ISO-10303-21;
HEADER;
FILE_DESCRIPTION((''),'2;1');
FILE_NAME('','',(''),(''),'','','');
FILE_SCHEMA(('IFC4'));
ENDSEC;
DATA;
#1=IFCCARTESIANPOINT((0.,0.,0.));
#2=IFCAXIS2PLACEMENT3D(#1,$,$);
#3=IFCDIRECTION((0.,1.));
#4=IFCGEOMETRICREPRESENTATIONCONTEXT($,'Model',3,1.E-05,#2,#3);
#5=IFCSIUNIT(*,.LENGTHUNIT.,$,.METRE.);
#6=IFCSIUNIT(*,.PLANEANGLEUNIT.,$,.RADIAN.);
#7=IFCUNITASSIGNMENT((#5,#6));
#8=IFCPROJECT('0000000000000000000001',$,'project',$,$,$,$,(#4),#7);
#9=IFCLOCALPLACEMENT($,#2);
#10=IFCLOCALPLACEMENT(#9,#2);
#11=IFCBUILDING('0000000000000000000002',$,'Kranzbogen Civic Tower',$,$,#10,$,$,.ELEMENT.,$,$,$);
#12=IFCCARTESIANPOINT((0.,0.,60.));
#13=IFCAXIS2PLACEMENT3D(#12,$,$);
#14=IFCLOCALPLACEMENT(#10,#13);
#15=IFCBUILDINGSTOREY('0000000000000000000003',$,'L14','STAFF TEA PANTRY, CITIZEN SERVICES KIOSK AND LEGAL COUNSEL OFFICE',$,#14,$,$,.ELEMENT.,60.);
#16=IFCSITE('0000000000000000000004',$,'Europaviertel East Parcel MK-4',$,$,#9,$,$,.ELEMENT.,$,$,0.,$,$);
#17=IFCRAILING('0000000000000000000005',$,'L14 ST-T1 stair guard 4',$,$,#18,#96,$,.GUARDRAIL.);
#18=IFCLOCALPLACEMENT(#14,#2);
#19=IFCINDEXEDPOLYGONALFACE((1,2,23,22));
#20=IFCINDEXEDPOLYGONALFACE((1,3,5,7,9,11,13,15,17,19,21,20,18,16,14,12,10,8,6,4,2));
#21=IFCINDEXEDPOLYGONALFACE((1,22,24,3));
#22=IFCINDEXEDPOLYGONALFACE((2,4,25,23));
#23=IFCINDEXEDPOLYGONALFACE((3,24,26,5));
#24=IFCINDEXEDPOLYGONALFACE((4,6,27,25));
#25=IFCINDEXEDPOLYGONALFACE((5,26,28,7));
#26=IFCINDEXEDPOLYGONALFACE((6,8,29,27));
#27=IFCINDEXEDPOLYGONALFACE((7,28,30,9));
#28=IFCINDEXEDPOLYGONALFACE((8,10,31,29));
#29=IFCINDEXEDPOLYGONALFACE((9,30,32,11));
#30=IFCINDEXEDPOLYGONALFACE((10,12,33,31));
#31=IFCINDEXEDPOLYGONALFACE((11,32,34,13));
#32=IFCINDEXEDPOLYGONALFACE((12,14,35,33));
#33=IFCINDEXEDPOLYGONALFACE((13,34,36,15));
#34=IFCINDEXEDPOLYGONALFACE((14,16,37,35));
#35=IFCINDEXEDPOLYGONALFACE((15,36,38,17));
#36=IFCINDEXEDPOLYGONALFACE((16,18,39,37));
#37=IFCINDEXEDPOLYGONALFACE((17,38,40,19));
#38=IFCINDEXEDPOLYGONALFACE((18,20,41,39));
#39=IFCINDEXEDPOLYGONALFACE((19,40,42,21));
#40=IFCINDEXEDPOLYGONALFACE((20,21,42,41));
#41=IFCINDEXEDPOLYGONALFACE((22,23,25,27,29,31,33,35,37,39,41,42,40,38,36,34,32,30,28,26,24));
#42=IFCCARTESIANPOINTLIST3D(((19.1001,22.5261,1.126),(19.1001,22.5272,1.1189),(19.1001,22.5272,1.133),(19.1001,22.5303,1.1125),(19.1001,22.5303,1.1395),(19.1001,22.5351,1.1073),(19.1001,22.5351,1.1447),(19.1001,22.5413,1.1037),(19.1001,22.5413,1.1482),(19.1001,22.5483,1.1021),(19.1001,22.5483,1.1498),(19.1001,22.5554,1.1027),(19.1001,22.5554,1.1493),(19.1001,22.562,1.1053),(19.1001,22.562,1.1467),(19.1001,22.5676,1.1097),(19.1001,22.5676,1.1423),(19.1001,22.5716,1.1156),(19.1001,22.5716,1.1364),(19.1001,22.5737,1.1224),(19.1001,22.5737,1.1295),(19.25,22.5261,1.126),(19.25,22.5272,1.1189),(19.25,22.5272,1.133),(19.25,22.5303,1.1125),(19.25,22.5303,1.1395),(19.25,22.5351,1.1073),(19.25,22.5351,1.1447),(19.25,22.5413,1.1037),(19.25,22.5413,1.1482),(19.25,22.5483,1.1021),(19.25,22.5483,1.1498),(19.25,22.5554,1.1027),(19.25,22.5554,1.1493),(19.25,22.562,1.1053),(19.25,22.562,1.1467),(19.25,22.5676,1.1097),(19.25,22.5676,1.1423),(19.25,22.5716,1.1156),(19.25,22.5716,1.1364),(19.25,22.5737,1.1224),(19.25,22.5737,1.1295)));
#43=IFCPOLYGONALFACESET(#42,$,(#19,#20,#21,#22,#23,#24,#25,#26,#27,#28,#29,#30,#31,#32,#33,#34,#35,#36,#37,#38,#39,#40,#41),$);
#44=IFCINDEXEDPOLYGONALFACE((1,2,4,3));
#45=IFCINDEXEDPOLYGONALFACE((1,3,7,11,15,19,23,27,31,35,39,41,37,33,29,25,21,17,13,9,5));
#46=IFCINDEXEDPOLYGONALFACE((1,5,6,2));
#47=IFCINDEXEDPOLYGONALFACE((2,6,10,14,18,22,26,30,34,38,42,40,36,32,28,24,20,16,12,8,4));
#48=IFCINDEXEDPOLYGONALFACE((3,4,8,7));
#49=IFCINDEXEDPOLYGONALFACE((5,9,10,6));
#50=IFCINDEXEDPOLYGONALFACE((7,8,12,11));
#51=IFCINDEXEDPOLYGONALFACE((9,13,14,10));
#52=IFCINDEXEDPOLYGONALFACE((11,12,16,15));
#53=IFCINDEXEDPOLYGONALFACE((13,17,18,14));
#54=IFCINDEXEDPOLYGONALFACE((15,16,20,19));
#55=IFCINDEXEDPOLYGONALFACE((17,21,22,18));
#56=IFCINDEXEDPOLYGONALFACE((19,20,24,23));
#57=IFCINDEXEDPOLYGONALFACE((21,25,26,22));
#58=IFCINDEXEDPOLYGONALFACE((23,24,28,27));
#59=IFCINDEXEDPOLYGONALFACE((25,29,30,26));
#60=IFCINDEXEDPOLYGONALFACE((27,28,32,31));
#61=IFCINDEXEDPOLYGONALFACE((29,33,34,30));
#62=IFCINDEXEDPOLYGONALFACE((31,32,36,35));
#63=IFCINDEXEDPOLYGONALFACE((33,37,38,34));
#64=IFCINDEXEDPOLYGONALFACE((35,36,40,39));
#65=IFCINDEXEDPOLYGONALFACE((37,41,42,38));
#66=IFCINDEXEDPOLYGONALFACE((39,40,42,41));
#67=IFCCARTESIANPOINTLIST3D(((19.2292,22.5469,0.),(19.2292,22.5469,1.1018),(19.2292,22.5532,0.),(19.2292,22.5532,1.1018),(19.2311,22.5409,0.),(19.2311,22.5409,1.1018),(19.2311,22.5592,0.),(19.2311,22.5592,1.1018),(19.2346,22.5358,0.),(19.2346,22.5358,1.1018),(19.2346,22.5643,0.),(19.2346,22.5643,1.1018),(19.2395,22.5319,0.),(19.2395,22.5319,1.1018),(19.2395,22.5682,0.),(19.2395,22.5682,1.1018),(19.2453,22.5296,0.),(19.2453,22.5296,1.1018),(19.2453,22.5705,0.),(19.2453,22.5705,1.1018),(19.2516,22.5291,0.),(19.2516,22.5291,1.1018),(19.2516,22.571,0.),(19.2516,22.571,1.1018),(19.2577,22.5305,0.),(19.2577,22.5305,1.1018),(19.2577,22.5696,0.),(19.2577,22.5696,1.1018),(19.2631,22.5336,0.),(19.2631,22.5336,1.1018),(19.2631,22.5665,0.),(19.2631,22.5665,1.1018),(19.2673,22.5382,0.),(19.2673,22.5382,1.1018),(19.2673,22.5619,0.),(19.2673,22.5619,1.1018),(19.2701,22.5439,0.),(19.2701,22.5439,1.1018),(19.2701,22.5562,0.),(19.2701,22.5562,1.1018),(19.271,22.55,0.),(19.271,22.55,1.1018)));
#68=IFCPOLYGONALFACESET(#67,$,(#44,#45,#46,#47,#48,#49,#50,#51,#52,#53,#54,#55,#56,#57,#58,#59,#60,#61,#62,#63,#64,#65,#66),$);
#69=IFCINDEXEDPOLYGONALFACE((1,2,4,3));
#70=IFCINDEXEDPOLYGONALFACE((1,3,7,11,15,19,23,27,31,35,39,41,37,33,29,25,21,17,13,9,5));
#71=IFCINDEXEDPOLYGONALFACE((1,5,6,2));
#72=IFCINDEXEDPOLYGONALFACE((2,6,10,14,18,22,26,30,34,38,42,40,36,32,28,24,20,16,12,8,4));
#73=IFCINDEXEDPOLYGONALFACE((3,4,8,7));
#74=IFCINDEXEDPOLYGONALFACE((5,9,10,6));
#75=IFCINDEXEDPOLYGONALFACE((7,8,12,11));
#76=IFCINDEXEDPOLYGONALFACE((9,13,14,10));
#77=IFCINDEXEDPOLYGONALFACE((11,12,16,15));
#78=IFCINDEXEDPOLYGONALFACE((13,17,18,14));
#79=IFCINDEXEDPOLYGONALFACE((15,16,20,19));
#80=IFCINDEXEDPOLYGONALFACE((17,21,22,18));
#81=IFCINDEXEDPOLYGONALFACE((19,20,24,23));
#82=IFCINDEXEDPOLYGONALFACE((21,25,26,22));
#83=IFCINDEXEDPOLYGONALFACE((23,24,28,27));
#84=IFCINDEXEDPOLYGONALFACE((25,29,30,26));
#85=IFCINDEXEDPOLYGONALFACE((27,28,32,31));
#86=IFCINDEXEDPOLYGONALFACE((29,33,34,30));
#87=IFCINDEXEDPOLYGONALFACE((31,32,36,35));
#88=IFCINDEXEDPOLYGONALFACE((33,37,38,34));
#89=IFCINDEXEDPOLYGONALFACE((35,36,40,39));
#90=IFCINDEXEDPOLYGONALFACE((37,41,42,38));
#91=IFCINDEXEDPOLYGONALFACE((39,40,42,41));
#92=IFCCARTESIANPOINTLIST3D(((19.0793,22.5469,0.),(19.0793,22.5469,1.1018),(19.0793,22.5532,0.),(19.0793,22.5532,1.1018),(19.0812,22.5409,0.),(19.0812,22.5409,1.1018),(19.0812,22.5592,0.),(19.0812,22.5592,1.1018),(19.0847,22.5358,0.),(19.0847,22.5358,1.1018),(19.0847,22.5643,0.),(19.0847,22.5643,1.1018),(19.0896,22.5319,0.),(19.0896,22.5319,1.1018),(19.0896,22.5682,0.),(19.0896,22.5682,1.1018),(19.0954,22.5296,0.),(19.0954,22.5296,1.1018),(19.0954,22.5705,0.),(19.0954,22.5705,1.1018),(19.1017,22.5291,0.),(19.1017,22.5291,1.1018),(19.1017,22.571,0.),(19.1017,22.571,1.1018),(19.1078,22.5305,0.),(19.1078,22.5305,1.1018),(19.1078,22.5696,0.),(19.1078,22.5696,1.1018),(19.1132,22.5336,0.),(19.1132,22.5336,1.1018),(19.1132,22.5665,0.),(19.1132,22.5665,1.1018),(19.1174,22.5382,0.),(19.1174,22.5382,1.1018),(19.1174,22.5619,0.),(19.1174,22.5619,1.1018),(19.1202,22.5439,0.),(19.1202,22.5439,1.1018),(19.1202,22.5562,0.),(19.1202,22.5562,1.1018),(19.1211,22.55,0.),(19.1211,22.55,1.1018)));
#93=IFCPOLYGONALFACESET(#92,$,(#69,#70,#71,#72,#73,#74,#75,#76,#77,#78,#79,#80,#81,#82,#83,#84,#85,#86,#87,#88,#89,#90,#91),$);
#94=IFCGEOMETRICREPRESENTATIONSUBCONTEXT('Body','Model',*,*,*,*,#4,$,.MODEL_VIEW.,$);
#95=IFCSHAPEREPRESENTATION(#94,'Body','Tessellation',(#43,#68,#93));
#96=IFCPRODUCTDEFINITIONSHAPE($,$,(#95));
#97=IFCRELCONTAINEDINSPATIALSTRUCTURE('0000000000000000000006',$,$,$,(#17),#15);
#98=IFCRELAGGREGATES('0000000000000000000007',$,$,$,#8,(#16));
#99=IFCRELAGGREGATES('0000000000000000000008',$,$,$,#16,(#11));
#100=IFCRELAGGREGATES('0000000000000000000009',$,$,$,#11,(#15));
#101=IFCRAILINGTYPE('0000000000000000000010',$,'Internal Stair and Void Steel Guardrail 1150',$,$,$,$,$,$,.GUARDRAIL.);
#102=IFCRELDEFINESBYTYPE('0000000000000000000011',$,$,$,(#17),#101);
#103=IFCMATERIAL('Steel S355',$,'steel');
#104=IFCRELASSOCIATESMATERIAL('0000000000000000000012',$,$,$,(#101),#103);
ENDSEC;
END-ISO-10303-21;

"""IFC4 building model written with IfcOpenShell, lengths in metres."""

from ifc_helpers import new_model, si_unit, direction, frame, origin, origin_2d, place, context, subcontext, project, spatial, circle, extrude, material, type_object, element, save


model = new_model("IFC4")

# Units and contexts
model_context = context("Model", 3, precision=1e-05, world=origin(), true_north=direction((0.0, 1.0)))
body_context = subcontext(model_context, "Body", "Model", "MODEL_VIEW")
ifc_project = project(units=[si_unit("LENGTHUNIT", "METRE"), si_unit("PLANEANGLEUNIT", "RADIAN")], contexts=[model_context])

# Site, building, storey
site_placement = place(None, origin())
site = spatial("IfcSite", under=ifc_project, at=site_placement, Name="Europaviertel East Parcel MK-4", CompositionType="ELEMENT", RefElevation=0.0)
building_placement = place(site_placement, origin())
building = spatial("IfcBuilding", under=site, at=building_placement, Name="Kranzbogen Civic Tower", CompositionType="ELEMENT")
storey_placement = place(building_placement, frame((0.0, 0.0, 60.0)))
storey = spatial("IfcBuildingStorey", under=building, at=storey_placement, Name="L14", Description="STAFF TEA PANTRY, CITIZEN SERVICES KIOSK AND LEGAL COUNSEL OFFICE", CompositionType="ELEMENT", Elevation=60.0)

# Shared definitions
ifc_material_1 = material(Name="Steel S355", Category="steel")

# Railing
railing_type_1 = type_object("IfcRailingType", Name="Internal Stair and Void Steel Guardrail 1150", PredefinedType="GUARDRAIL", material=ifc_material_1)
railing_1_placement = place(storey_placement, frame((19.25, 22.55, 0.0)))
element("IfcRailing", 1, at=railing_1_placement, inside=storey, type_object=railing_type_1, Name="L14 ST-T1 stair guard 4", PredefinedType="GUARDRAIL", context=body_context, shape_type="SweptSolid", body=[
    extrude(circle(Radius=0.0239, at=origin_2d()), frame((0.0, 0.0, 1.126), z_axis=(-1.0, 0.0, 0.0), x_axis=(0.0, -1.0, 0.0)), (0.0, 0.0, 1.0), 0.1499),
    extrude(circle(Radius=0.021, at=origin_2d()), origin(), (0.0, 0.0, 1.0), 1.1018),
    extrude(circle(Radius=0.021, at=origin_2d()), frame((-0.1499, 0.0, 0.0)), (0.0, 0.0, 1.0), 1.1018),
])

save(model, "model.ifc")
